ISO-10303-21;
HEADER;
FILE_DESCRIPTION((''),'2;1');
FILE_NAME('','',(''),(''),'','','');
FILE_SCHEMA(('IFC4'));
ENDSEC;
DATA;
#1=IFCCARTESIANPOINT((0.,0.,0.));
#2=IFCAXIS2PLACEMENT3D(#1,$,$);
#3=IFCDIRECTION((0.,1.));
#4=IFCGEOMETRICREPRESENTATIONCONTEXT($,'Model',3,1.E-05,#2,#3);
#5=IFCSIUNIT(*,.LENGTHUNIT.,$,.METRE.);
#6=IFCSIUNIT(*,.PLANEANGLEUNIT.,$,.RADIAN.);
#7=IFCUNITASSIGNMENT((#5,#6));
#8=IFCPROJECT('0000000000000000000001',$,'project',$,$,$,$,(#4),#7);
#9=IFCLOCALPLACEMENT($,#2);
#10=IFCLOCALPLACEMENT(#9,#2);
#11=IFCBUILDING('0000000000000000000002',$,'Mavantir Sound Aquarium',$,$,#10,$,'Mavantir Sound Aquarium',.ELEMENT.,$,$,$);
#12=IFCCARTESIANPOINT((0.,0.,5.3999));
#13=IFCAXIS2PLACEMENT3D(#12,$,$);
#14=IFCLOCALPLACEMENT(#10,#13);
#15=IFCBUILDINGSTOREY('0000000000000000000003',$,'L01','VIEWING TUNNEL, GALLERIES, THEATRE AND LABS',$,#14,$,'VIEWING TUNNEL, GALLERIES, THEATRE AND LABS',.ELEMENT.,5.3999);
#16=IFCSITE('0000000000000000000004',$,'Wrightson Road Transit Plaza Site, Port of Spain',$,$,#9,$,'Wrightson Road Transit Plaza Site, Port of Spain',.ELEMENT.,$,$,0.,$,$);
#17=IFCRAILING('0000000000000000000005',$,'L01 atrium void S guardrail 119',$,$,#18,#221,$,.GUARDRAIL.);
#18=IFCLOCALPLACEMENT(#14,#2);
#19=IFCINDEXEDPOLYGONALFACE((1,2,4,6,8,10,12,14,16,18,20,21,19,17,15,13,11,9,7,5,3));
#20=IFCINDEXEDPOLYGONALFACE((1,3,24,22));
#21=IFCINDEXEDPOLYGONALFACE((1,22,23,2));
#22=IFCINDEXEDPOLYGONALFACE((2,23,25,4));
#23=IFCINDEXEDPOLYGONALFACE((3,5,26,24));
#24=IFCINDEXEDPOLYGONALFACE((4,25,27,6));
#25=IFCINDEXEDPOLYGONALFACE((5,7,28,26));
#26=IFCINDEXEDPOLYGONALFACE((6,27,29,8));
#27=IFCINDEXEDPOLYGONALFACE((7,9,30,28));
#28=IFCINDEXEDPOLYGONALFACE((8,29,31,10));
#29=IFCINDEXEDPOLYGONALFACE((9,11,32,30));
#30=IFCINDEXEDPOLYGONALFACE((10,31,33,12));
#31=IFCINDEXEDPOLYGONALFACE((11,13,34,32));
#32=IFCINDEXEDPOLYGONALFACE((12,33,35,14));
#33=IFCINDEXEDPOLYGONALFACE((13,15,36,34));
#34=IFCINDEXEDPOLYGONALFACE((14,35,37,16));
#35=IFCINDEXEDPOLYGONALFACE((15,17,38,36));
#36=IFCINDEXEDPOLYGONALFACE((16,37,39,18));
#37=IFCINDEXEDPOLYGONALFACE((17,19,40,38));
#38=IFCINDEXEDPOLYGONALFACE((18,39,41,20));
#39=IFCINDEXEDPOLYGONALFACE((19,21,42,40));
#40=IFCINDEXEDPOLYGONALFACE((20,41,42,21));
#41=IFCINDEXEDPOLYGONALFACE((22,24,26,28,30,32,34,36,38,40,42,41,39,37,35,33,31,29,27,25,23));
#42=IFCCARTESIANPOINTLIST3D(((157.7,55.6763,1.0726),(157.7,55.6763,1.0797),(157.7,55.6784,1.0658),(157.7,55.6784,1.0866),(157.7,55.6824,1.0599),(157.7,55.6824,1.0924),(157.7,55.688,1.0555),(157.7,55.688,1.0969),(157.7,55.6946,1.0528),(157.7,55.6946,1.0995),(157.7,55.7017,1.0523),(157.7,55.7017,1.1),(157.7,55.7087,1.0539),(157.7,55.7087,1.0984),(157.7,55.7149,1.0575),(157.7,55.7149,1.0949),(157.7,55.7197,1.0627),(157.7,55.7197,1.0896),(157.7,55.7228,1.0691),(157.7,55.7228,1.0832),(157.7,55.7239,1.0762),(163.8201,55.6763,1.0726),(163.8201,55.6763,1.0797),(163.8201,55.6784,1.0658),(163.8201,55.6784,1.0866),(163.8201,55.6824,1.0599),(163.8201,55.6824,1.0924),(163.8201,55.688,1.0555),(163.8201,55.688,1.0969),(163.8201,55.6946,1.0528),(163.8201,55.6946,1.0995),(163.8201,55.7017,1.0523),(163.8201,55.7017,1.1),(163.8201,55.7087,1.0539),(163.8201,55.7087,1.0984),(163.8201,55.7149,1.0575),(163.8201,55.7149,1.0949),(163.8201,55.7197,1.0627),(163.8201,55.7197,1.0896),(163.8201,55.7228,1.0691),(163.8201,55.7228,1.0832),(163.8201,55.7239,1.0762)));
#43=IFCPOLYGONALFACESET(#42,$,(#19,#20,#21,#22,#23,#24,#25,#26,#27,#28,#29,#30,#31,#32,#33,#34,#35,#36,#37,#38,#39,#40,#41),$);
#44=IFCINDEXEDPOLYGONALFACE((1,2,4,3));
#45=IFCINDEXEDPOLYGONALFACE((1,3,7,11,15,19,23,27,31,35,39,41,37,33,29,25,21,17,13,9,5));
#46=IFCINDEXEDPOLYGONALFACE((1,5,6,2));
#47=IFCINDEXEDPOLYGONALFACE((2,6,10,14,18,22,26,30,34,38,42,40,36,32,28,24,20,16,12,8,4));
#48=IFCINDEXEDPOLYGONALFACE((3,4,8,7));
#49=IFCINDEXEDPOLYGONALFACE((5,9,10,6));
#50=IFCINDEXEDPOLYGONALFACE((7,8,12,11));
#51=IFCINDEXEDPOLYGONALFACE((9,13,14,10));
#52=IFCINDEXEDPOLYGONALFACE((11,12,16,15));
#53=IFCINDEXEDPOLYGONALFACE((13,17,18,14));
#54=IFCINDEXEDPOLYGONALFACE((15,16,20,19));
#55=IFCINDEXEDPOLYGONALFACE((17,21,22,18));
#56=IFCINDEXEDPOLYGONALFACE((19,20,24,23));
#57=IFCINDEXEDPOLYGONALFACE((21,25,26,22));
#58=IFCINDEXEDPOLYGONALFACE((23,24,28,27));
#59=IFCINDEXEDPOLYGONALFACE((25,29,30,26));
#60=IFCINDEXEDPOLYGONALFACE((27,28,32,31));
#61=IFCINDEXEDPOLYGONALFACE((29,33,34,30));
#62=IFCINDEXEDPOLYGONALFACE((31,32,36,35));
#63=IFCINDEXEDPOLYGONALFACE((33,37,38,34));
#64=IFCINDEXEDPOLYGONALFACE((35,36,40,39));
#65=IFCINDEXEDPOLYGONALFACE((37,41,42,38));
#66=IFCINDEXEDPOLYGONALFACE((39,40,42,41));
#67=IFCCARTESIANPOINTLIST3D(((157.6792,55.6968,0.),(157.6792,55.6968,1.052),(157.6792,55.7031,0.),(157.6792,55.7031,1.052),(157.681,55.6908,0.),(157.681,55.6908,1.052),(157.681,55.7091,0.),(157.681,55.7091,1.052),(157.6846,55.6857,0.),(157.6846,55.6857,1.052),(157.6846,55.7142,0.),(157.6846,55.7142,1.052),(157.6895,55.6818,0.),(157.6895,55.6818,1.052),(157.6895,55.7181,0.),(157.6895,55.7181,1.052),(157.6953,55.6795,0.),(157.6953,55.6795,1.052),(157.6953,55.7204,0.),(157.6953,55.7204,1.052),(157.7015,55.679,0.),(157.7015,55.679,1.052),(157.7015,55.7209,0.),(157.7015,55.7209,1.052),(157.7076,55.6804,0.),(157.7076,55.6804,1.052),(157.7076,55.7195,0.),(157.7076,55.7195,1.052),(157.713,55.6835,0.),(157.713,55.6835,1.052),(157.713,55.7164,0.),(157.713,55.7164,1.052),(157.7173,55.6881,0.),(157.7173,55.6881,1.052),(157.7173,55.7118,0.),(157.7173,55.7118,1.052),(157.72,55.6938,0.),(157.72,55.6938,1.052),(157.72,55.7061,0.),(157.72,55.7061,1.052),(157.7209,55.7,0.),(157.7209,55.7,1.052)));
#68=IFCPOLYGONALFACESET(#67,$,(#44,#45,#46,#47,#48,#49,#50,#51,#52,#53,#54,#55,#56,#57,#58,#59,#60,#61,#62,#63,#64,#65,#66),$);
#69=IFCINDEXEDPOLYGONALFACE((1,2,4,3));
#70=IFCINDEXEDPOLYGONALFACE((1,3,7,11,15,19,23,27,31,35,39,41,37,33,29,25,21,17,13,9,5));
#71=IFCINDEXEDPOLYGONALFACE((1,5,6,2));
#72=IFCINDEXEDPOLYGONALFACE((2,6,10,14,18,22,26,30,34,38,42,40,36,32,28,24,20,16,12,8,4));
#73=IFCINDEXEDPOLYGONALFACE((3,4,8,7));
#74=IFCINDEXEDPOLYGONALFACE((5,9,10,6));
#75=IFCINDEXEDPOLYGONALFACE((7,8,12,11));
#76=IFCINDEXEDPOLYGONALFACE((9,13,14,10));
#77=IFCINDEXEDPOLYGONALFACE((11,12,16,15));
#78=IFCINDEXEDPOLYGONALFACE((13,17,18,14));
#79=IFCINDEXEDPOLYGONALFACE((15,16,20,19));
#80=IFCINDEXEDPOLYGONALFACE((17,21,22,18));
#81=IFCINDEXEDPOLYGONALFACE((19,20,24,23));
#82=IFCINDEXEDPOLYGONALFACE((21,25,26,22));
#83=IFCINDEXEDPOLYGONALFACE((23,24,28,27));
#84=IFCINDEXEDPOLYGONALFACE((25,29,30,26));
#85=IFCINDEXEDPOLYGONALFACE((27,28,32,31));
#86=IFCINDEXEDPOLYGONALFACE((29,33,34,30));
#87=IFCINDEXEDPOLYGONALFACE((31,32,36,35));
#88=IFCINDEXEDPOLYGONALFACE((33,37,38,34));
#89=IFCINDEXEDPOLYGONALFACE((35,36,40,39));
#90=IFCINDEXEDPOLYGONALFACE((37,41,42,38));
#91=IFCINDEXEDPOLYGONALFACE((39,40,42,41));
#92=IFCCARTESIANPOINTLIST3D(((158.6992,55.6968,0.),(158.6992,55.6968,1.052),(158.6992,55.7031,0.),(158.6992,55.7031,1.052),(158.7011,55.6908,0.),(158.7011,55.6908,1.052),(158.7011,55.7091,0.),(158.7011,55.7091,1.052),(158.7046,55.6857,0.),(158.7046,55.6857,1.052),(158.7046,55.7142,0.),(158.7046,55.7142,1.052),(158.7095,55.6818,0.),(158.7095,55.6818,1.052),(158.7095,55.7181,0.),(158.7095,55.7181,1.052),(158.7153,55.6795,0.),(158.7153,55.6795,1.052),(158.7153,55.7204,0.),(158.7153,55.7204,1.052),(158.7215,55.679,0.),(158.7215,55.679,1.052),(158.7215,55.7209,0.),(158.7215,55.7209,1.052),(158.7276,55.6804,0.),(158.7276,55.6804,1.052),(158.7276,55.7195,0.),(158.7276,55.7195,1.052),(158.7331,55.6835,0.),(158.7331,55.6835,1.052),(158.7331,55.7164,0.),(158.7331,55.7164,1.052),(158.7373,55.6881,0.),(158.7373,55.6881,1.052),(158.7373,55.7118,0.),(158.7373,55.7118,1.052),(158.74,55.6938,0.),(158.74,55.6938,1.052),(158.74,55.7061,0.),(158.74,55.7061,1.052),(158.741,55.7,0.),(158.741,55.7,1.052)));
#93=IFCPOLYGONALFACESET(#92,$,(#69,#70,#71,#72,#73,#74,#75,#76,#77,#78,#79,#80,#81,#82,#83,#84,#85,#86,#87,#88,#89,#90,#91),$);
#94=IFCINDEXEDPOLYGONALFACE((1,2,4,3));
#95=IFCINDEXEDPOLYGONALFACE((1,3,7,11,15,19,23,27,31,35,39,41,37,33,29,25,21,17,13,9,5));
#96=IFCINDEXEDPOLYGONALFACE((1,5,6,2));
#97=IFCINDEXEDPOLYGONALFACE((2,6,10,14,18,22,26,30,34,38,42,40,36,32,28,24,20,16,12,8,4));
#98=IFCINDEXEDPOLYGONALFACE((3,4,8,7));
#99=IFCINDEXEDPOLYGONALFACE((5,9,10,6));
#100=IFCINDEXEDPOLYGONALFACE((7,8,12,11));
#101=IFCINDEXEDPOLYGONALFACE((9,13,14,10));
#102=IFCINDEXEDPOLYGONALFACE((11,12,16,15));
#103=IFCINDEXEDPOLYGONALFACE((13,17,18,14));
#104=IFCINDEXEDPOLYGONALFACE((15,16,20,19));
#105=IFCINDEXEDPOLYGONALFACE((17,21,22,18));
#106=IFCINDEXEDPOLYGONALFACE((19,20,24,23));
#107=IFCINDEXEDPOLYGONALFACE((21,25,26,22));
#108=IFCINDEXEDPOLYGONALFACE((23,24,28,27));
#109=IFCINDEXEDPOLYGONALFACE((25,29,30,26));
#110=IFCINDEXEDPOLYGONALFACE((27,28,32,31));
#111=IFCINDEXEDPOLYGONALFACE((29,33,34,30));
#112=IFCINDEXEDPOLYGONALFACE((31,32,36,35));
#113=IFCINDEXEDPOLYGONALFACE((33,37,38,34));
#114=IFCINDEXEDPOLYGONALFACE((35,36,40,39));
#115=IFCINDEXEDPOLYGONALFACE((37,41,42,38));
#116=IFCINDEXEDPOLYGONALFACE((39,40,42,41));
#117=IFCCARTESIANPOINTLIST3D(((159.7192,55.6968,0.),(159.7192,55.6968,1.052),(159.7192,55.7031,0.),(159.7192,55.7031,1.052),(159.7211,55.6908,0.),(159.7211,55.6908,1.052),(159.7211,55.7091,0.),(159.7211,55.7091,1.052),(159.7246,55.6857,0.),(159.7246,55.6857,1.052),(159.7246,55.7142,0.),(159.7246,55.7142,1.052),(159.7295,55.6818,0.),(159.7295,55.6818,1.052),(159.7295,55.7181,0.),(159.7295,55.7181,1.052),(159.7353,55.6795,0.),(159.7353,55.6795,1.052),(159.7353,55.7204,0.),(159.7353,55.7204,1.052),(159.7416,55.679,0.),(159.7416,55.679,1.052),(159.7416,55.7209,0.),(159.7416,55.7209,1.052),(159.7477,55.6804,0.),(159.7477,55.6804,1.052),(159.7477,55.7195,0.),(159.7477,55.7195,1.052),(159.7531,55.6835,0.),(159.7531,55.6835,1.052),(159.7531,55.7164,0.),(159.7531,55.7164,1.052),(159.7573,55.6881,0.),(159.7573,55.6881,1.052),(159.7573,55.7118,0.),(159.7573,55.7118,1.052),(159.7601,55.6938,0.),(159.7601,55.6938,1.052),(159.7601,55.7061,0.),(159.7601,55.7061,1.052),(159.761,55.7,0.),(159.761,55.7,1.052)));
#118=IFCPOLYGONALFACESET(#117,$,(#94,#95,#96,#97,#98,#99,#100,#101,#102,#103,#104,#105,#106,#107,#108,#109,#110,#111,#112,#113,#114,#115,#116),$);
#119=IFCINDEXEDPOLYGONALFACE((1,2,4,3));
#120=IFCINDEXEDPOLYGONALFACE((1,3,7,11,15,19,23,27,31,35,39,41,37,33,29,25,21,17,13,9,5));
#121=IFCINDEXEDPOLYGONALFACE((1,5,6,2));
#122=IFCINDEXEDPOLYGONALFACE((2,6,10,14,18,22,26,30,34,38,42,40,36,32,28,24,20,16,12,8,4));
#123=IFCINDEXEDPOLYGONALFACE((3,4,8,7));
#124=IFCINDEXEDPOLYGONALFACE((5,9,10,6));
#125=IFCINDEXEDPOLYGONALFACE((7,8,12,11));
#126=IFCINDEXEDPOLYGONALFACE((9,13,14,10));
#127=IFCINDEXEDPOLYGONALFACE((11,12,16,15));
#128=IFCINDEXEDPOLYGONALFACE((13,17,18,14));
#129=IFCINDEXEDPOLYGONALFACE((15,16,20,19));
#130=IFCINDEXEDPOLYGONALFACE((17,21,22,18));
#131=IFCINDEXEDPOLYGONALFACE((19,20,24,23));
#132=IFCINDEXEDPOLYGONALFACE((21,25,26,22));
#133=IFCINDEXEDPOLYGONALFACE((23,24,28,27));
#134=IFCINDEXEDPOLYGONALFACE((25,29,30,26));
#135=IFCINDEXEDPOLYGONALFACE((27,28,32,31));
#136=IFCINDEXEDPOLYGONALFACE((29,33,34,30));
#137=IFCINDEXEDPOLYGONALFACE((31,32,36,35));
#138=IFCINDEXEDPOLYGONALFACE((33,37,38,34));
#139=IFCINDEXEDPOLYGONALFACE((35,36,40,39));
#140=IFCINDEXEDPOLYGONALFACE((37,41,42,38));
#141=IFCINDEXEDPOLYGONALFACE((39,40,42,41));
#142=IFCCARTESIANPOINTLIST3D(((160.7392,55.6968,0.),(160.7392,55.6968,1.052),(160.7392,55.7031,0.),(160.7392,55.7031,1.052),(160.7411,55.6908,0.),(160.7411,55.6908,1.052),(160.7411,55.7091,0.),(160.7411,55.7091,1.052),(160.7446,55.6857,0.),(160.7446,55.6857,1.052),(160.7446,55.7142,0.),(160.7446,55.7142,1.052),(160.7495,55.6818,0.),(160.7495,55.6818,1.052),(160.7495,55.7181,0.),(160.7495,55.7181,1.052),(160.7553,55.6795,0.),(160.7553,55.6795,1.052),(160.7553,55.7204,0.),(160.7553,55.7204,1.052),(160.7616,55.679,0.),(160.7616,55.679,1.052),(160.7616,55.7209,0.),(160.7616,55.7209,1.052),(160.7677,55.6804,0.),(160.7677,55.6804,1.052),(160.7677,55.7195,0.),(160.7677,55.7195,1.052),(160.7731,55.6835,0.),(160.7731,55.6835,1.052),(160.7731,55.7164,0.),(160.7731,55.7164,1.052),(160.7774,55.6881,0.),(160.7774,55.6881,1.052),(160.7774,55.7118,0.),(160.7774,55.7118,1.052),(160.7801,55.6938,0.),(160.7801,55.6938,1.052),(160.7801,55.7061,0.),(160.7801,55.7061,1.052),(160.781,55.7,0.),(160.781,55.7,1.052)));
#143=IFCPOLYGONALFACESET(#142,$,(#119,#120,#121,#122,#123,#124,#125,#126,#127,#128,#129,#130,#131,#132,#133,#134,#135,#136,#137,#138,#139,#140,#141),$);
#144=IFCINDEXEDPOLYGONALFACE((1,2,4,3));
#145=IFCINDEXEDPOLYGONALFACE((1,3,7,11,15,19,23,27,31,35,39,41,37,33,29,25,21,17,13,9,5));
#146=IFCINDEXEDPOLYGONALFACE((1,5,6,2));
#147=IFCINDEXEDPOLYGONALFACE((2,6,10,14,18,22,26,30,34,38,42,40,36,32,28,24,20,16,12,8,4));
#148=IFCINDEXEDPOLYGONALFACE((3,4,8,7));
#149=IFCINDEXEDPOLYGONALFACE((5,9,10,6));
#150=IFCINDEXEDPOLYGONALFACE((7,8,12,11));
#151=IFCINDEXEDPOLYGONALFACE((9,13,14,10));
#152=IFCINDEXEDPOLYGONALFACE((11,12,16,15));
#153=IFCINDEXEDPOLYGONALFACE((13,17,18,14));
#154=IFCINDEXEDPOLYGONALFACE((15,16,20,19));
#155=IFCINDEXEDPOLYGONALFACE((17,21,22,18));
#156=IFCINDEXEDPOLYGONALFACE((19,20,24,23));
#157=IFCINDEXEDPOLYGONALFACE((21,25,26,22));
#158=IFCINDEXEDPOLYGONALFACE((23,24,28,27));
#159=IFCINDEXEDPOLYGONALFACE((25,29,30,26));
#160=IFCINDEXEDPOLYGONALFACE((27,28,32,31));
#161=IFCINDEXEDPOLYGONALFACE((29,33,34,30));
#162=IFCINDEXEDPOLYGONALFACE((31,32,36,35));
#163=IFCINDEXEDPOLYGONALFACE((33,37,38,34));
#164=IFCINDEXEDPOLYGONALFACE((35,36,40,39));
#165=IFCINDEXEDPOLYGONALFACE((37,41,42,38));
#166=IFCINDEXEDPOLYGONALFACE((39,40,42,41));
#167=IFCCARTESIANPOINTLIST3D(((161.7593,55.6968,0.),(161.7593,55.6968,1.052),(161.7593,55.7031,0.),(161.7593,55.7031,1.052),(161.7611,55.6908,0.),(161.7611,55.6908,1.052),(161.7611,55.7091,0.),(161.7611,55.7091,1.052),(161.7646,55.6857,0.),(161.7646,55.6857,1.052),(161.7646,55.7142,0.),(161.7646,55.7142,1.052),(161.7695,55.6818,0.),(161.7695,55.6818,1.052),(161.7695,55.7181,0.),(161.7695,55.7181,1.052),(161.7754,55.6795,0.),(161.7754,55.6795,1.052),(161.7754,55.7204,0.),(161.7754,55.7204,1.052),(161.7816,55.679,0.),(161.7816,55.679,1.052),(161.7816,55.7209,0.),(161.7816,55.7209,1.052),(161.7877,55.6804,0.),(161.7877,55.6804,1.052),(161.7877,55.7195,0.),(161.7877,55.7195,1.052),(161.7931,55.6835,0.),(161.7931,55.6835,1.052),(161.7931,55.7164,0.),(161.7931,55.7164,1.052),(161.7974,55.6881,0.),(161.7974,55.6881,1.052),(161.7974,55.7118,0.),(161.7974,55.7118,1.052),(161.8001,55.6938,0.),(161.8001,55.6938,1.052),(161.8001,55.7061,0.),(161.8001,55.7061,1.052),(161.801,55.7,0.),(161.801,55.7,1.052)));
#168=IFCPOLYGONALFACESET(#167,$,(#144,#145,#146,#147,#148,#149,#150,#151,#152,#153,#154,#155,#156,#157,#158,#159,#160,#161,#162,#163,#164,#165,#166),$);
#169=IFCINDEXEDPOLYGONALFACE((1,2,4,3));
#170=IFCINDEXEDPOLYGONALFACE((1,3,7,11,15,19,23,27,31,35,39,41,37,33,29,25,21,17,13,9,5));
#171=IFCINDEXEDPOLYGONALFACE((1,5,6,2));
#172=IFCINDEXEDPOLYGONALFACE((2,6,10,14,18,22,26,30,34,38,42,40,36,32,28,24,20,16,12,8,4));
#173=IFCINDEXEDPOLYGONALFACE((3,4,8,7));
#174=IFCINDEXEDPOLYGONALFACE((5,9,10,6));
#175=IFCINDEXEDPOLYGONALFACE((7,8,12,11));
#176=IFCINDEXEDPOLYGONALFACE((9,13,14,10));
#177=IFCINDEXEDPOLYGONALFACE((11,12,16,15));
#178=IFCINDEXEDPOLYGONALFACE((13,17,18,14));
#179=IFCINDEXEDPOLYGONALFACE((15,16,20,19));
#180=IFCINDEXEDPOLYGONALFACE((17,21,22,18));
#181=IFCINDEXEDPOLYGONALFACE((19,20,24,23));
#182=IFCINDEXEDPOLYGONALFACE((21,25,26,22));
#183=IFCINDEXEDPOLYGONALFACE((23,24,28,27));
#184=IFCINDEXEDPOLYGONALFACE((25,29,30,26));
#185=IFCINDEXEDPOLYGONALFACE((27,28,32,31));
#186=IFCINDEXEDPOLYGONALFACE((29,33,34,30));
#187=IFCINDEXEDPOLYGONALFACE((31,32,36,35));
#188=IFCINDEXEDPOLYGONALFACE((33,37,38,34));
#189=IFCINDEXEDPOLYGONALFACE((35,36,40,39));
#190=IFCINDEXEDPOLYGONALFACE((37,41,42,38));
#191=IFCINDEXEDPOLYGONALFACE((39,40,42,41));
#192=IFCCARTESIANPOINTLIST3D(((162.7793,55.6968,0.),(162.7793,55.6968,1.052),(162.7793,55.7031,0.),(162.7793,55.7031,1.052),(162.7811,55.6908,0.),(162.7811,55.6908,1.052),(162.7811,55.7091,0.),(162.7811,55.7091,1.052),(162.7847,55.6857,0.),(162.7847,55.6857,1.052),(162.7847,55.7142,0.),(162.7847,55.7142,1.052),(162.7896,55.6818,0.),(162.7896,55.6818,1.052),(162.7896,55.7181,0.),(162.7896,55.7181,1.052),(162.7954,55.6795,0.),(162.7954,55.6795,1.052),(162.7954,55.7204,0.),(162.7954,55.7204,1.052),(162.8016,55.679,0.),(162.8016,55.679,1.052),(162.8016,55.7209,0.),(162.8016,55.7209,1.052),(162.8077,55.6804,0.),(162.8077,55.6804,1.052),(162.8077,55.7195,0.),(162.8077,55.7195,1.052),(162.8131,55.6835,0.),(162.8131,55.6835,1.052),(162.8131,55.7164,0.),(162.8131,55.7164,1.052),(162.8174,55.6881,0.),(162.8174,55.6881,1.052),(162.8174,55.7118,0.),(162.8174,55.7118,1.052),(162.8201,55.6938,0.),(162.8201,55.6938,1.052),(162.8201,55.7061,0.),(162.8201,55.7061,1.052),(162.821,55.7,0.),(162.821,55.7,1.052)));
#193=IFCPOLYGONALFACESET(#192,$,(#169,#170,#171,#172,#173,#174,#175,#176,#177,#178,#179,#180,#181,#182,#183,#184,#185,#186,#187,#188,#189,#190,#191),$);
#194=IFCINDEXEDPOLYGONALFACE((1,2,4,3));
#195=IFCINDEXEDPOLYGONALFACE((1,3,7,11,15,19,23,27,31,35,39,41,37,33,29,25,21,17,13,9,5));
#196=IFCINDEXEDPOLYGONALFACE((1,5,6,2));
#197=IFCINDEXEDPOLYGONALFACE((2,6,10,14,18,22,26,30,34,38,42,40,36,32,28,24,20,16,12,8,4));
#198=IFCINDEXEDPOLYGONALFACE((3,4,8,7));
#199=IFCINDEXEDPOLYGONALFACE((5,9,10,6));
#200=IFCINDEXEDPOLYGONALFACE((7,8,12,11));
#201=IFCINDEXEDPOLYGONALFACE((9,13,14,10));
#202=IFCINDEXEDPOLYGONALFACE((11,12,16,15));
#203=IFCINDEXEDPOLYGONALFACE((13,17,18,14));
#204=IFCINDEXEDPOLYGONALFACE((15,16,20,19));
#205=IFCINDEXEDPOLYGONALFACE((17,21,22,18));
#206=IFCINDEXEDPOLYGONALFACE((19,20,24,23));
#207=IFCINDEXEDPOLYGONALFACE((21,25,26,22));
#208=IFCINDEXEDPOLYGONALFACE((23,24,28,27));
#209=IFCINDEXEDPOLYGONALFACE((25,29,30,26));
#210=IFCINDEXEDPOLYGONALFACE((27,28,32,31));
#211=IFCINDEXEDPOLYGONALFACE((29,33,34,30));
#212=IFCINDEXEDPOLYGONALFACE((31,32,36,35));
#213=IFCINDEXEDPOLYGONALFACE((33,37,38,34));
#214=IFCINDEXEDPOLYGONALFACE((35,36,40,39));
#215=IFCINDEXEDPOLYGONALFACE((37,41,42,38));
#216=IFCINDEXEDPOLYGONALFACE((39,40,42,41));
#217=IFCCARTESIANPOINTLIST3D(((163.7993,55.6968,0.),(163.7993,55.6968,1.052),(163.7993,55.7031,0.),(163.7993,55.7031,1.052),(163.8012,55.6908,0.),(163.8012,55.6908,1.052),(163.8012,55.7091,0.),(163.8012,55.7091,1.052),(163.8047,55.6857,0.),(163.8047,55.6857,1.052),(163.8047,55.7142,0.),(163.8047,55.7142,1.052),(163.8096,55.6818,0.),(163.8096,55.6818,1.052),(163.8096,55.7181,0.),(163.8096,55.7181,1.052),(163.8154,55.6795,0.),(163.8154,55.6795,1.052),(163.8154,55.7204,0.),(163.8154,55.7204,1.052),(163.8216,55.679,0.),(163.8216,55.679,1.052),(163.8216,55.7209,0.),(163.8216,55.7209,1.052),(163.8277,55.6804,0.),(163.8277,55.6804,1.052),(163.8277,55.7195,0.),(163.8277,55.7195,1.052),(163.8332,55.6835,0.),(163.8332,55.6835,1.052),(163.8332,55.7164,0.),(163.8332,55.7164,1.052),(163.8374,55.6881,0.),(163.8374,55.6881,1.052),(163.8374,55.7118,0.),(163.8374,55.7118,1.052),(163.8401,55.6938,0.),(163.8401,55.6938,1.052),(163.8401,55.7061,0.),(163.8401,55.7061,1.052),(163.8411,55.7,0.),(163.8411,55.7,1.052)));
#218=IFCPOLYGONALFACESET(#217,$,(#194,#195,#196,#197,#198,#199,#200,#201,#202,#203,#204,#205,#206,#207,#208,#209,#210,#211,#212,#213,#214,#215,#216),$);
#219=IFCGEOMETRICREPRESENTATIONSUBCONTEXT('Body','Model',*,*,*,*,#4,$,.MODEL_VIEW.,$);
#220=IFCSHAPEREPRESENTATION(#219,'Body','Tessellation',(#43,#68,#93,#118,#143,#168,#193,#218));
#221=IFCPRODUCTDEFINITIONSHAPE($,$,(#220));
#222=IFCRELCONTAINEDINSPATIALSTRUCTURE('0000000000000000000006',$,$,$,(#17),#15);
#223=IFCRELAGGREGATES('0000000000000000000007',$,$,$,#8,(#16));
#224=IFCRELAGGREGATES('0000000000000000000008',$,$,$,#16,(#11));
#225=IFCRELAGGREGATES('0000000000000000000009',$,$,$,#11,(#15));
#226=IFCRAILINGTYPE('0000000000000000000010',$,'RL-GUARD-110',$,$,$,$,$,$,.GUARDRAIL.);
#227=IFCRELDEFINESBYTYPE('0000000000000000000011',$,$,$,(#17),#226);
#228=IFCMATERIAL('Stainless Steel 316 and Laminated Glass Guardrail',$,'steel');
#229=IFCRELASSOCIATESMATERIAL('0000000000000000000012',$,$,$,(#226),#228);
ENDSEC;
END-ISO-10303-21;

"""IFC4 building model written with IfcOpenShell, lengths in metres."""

from ifc_helpers import new_model, si_unit, direction, frame, origin, origin_2d, place, context, subcontext, project, spatial, circle, extrude, material, type_object, element, save


model = new_model("IFC4")

# Units and contexts
model_context = context("Model", 3, precision=1e-05, world=origin(), true_north=direction((0.0, 1.0)))
body_context = subcontext(model_context, "Body", "Model", "MODEL_VIEW")
ifc_project = project(units=[si_unit("LENGTHUNIT", "METRE"), si_unit("PLANEANGLEUNIT", "RADIAN")], contexts=[model_context])

# Site, building, storey
site_placement = place(None, origin())
site = spatial("IfcSite", under=ifc_project, at=site_placement, Name="Wrightson Road Transit Plaza Site, Port of Spain", LongName="Wrightson Road Transit Plaza Site, Port of Spain", CompositionType="ELEMENT", RefElevation=0.0)
building_placement = place(site_placement, origin())
building = spatial("IfcBuilding", under=site, at=building_placement, Name="Mavantir Sound Aquarium", LongName="Mavantir Sound Aquarium", CompositionType="ELEMENT")
storey_placement = place(building_placement, frame((0.0, 0.0, 5.3999)))
storey = spatial("IfcBuildingStorey", under=building, at=storey_placement, Name="L01", Description="VIEWING TUNNEL, GALLERIES, THEATRE AND LABS", LongName="VIEWING TUNNEL, GALLERIES, THEATRE AND LABS", CompositionType="ELEMENT", Elevation=5.3999)

# Railing
ifc_material_1 = material(Name="Stainless Steel 316 and Laminated Glass Guardrail", Category="steel")
railing_type = type_object("IfcRailingType", Name="RL-GUARD-110", PredefinedType="GUARDRAIL", material=ifc_material_1)
railing_1_placement = place(storey_placement, frame((157.7, 55.7, 0.0)))
element("IfcRailing", 1, at=railing_1_placement, inside=storey, type_object=railing_type, Name="L01 atrium void S guardrail 119", PredefinedType="GUARDRAIL", context=body_context, shape_type="SweptSolid", body=[
    extrude(circle(Radius=0.0239, at=origin_2d()), frame((0.0, 0.0, 1.0762), z_axis=(1.0, 0.0, 0.0), x_axis=(0.0, 1.0, 0.0)), (0.0, 0.0, 1.0), 6.1201),
    extrude(circle(Radius=0.021, at=origin_2d()), origin(), (0.0, 0.0, 1.0), 1.052),
    extrude(circle(Radius=0.021, at=origin_2d()), frame((1.02, 0.0, 0.0)), (0.0, 0.0, 1.0), 1.052),
    extrude(circle(Radius=0.021, at=origin_2d()), frame((2.04, 0.0, 0.0)), (0.0, 0.0, 1.0), 1.052),
    extrude(circle(Radius=0.021, at=origin_2d()), frame((3.0601, 0.0, 0.0)), (0.0, 0.0, 1.0), 1.052),
    extrude(circle(Radius=0.021, at=origin_2d()), frame((4.0801, 0.0, 0.0)), (0.0, 0.0, 1.0), 1.052),
    extrude(circle(Radius=0.021, at=origin_2d()), frame((5.1001, 0.0, 0.0)), (0.0, 0.0, 1.0), 1.052),
    extrude(circle(Radius=0.021, at=origin_2d()), frame((6.1201, 0.0, 0.0)), (0.0, 0.0, 1.0), 1.052),
])

save(model, "model.ifc")
